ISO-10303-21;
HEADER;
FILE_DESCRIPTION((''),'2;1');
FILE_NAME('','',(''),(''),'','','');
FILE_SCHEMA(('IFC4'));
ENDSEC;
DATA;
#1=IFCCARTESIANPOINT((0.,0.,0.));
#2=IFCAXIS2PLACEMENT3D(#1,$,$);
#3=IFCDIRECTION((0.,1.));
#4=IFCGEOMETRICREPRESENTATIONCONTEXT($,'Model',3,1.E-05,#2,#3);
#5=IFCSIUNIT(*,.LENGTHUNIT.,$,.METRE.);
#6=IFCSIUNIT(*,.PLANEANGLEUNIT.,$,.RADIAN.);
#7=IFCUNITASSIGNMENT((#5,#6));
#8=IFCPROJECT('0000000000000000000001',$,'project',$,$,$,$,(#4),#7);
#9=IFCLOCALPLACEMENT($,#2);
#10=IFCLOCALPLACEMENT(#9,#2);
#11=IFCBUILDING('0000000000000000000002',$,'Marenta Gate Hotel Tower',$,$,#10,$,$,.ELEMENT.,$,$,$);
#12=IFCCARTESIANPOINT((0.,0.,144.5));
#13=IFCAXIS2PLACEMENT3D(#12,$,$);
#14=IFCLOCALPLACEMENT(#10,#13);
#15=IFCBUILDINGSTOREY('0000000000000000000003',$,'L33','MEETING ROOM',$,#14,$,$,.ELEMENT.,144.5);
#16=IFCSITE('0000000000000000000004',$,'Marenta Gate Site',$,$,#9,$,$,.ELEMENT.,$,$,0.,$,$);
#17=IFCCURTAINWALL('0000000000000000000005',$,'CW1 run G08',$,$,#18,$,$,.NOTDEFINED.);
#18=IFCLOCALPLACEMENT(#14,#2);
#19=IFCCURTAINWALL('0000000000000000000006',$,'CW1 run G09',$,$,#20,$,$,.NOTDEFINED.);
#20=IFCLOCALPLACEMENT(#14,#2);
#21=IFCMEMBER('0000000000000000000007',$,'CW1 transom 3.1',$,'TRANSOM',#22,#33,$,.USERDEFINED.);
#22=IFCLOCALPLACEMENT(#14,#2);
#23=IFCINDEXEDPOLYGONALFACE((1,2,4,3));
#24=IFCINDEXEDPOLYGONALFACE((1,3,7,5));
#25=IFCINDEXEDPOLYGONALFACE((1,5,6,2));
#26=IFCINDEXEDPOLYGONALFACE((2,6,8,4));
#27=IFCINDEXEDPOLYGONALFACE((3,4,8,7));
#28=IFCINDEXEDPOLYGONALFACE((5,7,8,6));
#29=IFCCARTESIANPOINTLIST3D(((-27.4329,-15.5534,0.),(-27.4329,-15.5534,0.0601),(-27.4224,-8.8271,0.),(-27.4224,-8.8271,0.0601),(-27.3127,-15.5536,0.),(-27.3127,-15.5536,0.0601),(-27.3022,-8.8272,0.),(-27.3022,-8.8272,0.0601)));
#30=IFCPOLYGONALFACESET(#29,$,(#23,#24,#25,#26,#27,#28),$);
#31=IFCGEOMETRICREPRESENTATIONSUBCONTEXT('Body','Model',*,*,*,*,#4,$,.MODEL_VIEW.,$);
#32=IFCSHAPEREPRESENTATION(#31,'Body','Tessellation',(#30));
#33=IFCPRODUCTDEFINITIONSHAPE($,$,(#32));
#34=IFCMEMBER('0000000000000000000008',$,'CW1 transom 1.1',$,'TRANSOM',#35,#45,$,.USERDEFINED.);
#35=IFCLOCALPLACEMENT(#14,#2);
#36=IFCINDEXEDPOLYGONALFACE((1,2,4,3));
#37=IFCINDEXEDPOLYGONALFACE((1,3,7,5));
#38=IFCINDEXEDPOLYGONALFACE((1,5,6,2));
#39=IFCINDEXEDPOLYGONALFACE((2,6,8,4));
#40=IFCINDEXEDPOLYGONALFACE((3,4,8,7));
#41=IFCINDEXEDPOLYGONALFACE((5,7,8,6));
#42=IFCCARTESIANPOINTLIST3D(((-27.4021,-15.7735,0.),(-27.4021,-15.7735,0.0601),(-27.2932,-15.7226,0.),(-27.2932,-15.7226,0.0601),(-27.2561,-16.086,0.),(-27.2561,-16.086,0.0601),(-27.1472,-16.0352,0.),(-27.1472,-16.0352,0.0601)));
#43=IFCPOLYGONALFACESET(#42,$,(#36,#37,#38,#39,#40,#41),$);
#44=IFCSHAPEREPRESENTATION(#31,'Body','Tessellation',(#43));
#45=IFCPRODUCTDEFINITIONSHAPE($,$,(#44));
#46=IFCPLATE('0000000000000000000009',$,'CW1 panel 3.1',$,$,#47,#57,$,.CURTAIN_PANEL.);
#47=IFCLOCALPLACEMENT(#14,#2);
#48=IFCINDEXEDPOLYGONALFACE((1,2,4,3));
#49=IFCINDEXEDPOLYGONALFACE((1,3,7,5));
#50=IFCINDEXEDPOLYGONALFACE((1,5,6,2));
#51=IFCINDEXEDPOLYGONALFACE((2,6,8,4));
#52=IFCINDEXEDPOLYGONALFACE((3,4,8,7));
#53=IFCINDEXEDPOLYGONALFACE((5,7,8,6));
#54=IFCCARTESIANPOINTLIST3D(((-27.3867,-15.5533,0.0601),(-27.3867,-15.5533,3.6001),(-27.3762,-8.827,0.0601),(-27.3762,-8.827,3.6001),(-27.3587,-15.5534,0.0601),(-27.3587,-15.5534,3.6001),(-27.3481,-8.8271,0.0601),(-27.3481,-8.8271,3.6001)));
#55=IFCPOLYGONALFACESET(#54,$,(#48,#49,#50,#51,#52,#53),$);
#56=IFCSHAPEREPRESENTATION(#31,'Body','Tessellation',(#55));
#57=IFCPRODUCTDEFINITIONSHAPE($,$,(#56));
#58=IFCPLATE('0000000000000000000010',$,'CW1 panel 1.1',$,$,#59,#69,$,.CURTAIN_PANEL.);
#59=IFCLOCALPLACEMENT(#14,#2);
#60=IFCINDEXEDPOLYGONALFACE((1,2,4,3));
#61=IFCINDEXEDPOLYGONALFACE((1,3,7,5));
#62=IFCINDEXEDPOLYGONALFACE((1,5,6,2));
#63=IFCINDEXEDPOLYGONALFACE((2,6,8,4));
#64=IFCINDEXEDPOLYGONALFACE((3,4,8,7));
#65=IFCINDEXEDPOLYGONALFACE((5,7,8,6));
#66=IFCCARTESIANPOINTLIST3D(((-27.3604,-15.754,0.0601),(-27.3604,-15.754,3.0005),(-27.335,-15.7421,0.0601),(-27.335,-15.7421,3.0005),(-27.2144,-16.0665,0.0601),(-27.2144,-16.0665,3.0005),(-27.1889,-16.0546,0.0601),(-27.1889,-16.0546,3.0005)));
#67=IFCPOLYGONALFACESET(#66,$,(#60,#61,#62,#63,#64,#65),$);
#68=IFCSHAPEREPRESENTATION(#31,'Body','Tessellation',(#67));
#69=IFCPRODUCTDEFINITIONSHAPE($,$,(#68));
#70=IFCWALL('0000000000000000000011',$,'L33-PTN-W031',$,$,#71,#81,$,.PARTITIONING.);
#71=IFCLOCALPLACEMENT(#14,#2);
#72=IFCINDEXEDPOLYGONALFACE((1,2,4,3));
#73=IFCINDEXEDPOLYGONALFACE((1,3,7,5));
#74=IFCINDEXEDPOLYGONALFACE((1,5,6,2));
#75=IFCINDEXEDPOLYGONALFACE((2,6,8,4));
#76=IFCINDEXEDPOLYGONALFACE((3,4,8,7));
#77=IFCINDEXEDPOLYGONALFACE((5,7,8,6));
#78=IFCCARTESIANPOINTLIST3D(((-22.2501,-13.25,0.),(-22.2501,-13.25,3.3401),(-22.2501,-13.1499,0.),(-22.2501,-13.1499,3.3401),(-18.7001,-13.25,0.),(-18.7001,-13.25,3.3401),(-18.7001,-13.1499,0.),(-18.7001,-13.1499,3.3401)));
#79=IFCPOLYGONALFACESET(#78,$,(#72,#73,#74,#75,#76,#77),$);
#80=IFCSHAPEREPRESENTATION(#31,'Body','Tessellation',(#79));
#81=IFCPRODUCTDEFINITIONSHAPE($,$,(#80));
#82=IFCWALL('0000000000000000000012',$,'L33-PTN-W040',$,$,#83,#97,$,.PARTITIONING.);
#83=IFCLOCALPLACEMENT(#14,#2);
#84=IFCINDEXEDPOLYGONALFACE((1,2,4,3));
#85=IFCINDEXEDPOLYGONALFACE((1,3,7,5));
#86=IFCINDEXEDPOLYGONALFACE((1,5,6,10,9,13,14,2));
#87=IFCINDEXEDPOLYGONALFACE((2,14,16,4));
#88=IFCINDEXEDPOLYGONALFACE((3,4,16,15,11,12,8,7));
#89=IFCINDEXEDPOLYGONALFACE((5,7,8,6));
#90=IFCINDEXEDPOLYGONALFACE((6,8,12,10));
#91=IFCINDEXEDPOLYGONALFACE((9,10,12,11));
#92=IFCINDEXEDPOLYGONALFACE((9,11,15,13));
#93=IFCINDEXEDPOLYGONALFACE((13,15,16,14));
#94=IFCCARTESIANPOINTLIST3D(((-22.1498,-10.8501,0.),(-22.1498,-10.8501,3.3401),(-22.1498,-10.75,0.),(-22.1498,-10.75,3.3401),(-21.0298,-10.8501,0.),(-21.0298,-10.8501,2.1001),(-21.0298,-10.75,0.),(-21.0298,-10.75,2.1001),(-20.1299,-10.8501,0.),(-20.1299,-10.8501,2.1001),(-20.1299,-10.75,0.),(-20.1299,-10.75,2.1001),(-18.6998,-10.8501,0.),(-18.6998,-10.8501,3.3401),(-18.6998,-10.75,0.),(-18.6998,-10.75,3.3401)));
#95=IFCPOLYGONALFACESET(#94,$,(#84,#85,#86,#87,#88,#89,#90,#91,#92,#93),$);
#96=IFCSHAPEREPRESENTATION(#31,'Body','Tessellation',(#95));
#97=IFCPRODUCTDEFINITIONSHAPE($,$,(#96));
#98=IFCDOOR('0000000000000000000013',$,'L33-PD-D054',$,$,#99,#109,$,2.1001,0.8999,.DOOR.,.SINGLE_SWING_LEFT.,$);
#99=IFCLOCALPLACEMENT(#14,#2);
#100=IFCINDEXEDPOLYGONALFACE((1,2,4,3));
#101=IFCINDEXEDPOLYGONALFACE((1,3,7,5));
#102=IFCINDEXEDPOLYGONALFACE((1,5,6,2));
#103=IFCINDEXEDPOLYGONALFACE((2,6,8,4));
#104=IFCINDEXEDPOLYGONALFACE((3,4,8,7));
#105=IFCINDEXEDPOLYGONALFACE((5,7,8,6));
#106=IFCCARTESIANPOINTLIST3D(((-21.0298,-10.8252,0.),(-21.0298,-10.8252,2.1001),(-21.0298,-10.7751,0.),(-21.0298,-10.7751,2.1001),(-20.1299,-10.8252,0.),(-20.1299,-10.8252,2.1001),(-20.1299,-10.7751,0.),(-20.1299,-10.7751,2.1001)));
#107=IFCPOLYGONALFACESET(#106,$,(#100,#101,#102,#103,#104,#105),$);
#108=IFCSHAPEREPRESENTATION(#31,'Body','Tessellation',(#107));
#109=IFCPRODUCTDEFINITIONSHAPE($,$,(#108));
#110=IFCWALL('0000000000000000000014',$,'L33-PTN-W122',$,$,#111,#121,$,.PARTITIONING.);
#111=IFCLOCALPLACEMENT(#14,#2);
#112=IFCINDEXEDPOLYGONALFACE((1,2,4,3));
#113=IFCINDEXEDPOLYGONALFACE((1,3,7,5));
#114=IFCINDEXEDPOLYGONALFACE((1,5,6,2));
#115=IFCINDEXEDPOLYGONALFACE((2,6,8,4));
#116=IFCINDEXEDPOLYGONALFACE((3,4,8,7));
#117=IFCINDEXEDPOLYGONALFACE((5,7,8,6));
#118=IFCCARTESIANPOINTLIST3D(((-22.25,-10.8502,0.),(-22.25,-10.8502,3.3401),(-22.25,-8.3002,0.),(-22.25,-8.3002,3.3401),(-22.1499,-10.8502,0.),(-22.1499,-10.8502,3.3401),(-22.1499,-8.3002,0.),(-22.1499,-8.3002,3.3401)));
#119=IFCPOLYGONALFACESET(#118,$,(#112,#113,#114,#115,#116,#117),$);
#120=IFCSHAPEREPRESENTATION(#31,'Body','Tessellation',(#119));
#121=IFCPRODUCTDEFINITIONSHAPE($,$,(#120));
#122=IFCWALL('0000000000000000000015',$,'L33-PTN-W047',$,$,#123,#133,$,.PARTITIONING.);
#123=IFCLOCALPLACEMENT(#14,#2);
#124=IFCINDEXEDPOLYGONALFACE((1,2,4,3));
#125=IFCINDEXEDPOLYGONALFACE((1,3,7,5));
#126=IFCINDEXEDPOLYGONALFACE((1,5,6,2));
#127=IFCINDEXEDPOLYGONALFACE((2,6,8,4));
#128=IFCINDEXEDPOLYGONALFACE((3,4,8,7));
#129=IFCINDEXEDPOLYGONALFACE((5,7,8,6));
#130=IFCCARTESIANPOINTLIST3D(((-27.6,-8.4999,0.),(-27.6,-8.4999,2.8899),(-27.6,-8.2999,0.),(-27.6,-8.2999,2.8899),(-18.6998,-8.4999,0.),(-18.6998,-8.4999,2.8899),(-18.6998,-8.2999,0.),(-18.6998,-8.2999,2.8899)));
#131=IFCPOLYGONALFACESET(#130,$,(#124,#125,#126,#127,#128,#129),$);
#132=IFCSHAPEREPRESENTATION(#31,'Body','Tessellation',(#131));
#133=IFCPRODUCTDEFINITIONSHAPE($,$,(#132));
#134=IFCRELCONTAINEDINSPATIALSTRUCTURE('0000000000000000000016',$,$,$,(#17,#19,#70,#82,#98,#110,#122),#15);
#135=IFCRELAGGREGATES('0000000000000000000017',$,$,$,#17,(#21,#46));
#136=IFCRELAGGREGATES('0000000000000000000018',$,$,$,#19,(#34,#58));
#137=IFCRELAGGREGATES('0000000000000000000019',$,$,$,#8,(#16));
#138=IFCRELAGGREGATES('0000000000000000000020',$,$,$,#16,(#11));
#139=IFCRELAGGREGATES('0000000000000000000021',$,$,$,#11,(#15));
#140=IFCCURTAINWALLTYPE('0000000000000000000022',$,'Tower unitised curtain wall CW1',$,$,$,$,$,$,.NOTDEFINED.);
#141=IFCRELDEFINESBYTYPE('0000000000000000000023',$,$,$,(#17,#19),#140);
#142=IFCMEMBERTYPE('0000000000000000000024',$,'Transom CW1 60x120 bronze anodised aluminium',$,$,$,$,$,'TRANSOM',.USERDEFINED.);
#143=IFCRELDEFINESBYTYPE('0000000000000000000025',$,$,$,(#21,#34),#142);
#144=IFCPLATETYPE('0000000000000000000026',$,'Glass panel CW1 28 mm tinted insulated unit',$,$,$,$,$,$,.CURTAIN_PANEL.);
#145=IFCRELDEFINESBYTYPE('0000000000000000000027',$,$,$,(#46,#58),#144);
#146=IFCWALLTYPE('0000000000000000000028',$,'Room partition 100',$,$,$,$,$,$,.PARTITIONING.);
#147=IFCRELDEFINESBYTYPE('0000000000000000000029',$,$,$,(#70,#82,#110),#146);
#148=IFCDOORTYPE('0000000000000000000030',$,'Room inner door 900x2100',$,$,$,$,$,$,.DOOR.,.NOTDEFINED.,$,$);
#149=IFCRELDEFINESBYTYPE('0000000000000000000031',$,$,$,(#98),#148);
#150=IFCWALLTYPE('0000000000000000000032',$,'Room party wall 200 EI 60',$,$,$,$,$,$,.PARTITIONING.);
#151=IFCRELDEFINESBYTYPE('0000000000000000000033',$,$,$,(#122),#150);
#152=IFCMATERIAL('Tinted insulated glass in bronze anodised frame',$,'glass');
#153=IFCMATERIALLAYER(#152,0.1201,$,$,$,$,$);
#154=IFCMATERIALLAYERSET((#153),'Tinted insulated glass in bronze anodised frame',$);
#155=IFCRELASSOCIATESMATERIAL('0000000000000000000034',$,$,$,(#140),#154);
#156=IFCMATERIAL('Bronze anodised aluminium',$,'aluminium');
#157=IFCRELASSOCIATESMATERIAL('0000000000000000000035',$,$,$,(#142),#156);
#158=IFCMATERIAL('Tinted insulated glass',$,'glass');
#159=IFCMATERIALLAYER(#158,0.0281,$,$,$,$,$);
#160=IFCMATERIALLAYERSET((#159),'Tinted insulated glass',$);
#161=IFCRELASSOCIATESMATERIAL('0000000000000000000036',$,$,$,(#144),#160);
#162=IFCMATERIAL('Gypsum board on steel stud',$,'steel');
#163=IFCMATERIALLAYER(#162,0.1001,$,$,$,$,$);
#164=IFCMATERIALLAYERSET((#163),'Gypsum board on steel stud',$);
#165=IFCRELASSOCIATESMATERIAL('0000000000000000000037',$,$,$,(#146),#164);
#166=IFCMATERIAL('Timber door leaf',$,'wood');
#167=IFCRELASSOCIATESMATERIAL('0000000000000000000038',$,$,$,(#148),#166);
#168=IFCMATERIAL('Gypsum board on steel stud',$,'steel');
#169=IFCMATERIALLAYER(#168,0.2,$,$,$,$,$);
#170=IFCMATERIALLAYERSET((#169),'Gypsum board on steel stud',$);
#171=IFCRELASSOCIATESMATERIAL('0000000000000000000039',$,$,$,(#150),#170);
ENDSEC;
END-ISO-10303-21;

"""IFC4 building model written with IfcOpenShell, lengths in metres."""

from ifc_helpers import new_model, si_unit, direction, frame, frame_2d, origin, origin_2d, place, context, subcontext, project, spatial, rectangle, extrude, material, layer, layer_set, material_profile, profile_set, type_object, element, fill, aggregate, save


model = new_model("IFC4")

# Units and contexts
model_context = context("Model", 3, precision=1e-05, world=origin(), true_north=direction((0.0, 1.0)))
body_context = subcontext(model_context, "Body", "Model", "MODEL_VIEW")
ifc_project = project(units=[si_unit("LENGTHUNIT", "METRE"), si_unit("PLANEANGLEUNIT", "RADIAN")], contexts=[model_context])

# Site, building, storey
site_placement = place(None, origin())
site = spatial("IfcSite", under=ifc_project, at=site_placement, Name="Marenta Gate Site", CompositionType="ELEMENT", RefElevation=0.0)
building_placement = place(site_placement, origin())
building = spatial("IfcBuilding", under=site, at=building_placement, Name="Marenta Gate Hotel Tower", CompositionType="ELEMENT")
storey_placement = place(building_placement, frame((0.0, 0.0, 144.5)))
storey = spatial("IfcBuildingStorey", under=building, at=storey_placement, Name="L33", Description="MEETING ROOM", CompositionType="ELEMENT", Elevation=144.5)

# Curtain wall
ifc_material_1 = material(Name="Tinted insulated glass in bronze anodised frame", Category="glass")
ifc_layer_1 = layer(ifc_material_1, 0.1201)
ifc_layer_set_1 = layer_set([ifc_layer_1], Name="Tinted insulated glass in bronze anodised frame")
curtain_wall_type = type_object("IfcCurtainWallType", Name="Tower unitised curtain wall CW1", PredefinedType="NOTDEFINED", material=ifc_layer_set_1)
curtain_wall_1_placement = place(storey_placement, origin())
curtain_wall_1 = element("IfcCurtainWall", 1, at=curtain_wall_1_placement, inside=storey, type_object=curtain_wall_type, Name="CW1 run G08", PredefinedType="NOTDEFINED")

# Curtain wall
curtain_wall_2_placement = place(storey_placement, origin())
curtain_wall_2 = element("IfcCurtainWall", 2, at=curtain_wall_2_placement, inside=storey, type_object=curtain_wall_type, Name="CW1 run G09", PredefinedType="NOTDEFINED")

# Members
ifc_material_2 = material(Name="Bronze anodised aluminium", Category="aluminium")
ifc_material_profile_1 = material_profile(ifc_material_2, rectangle(XDim=0.1201, YDim=0.0601, at=origin_2d()), Name="Transom CW1 60x120 bronze anodised aluminium")
ifc_profile_set_1 = profile_set([ifc_material_profile_1], Name="Bronze anodised aluminium")
member_type_1 = type_object("IfcMemberType", Name="Transom CW1 60x120 bronze anodised aluminium", ElementType="TRANSOM", PredefinedType="USERDEFINED", material=ifc_profile_set_1)
member_1_placement = place(storey_placement, frame((-27.3623, -8.8271, 0.03), z_axis=(-0.001561, -0.999999, 0.0), x_axis=(0.999999, -0.001561, 0.0)))
member_1 = element("IfcMember", 3, at=member_1_placement, type_object=member_type_1, Name="CW1 transom 3.1", ObjectType="TRANSOM", PredefinedType="USERDEFINED", context=body_context, shape_type="SweptSolid", body=[
    extrude(rectangle(XDim=0.1201, YDim=0.0601, at=origin_2d()), origin(), (0.0, 0.0, 1.0), 6.7263),
])
member_2_placement = place(storey_placement, frame((-27.3477, -15.748, 0.03), z_axis=(0.423273, -0.906002, 0.0), x_axis=(0.906002, 0.423273, 0.0)))
member_2 = element("IfcMember", 4, at=member_2_placement, type_object=member_type_1, Name="CW1 transom 1.1", ObjectType="TRANSOM", PredefinedType="USERDEFINED", context=body_context, shape_type="SweptSolid", body=[
    extrude(rectangle(XDim=0.1201, YDim=0.0601, at=origin_2d()), origin(), (0.0, 0.0, 1.0), 0.345),
])

# Plates
ifc_material_3 = material(Name="Tinted insulated glass", Category="glass")
ifc_layer_2 = layer(ifc_material_3, 0.0281)
ifc_layer_set_2 = layer_set([ifc_layer_2], Name="Tinted insulated glass")
plate_type = type_object("IfcPlateType", Name="Glass panel CW1 28 mm tinted insulated unit", PredefinedType="CURTAIN_PANEL", material=ifc_layer_set_2)
plate_1_placement = place(storey_placement, frame((-27.3674, -12.1902, 0.0601), z_axis=(0.0, 0.0, 1.0), x_axis=(-0.001565, -0.999999, 0.0)))
plate_1 = element("IfcPlate", 5, at=plate_1_placement, type_object=plate_type, Name="CW1 panel 3.1", PredefinedType="CURTAIN_PANEL", context=body_context, shape_type="SweptSolid", body=[
    extrude(rectangle(XDim=6.7263, YDim=0.0281, at=origin_2d()), origin(), (0.0, 0.0, 1.0), 3.54),
])
aggregate(curtain_wall_1, [member_1, plate_1])
plate_2_placement = place(storey_placement, frame((-27.2747, -15.9043, 0.0601), z_axis=(0.0, 0.0, 1.0), x_axis=(0.423345, -0.905968, 0.0)))
plate_2 = element("IfcPlate", 6, at=plate_2_placement, type_object=plate_type, Name="CW1 panel 1.1", PredefinedType="CURTAIN_PANEL", context=body_context, shape_type="SweptSolid", body=[
    extrude(rectangle(XDim=0.345, YDim=0.0281, at=origin_2d()), origin(), (0.0, 0.0, 1.0), 2.9404),
])
aggregate(curtain_wall_2, [member_2, plate_2])

# Wall
ifc_material_4 = material(Name="Gypsum board on steel stud", Category="steel")
ifc_layer_3 = layer(ifc_material_4, 0.1001)
ifc_layer_set_3 = layer_set([ifc_layer_3], Name="Gypsum board on steel stud")
wall_type_1 = type_object("IfcWallType", Name="Room partition 100", PredefinedType="PARTITIONING", material=ifc_layer_set_3)
wall_1_placement = place(storey_placement, frame((-22.25, -13.2, 0.0), z_axis=(0.0, 0.0, 1.0), x_axis=(1.0, 0.0, 0.0)))
element("IfcWall", 7, at=wall_1_placement, inside=storey, type_object=wall_type_1, Name="L33-PTN-W031", PredefinedType="PARTITIONING", context=body_context, shape_type="SweptSolid", body=[
    extrude(rectangle(XDim=3.55, YDim=0.1001, at=frame_2d((1.7749, 0.0))), origin(), (0.0, 0.0, 1.0), 3.3401),
])

# Wall, opening, door
wall_2_placement = place(storey_placement, frame((-22.1499, -10.8, 0.0), z_axis=(0.0, 0.0, 1.0), x_axis=(1.0, 0.0, 0.0)))
wall_2 = element("IfcWall", 8, at=wall_2_placement, inside=storey, type_object=wall_type_1, Name="L33-PTN-W040", PredefinedType="PARTITIONING", context=body_context, shape_type="SweptSolid", body=[
    extrude(rectangle(XDim=3.45, YDim=0.1001, at=frame_2d((1.7251, 0.0))), origin(), (0.0, 0.0, 1.0), 3.3401),
])
opening_placement = place(wall_2_placement, frame((1.1201, 0.0, 0.0)))
opening = element("IfcOpeningElement", 9, at=opening_placement, cuts=wall_2, PredefinedType="OPENING", context=body_context, shape_type="SweptSolid", body=[
    extrude(rectangle(XDim=0.8999, YDim=2.1001, at=frame_2d((0.45, 1.05))), frame((0.0, 0.05, 0.0), z_axis=(0.0, -1.0, 0.0), x_axis=(1.0, 0.0, 0.0)), (0.0, 0.0, 1.0), 0.1001),
])
ifc_material_5 = material(Name="Timber door leaf", Category="wood")
door_type = type_object("IfcDoorType", Name="Room inner door 900x2100", OperationType="NOTDEFINED", PredefinedType="DOOR", material=ifc_material_5)
door_placement = place(opening_placement, origin())
door = element("IfcDoor", 10, at=door_placement, inside=storey, type_object=door_type, Name="L33-PD-D054", OperationType="SINGLE_SWING_LEFT", OverallHeight=2.1001, OverallWidth=0.8999, PredefinedType="DOOR", context=body_context, shape_type="SweptSolid", body=[
    extrude(rectangle(XDim=0.8999, YDim=2.1001, at=frame_2d((0.45, 1.05))), frame((0.0, 0.0249, 0.0), z_axis=(0.0, -1.0, 0.0), x_axis=(1.0, 0.0, 0.0)), (0.0, 0.0, 1.0), 0.05),
])
fill(opening, door)

# Walls
wall_3_placement = place(storey_placement, frame((-22.2, -10.8501, 0.0), z_axis=(0.0, 0.0, 1.0), x_axis=(0.0, 1.0, 0.0)))
element("IfcWall", 11, at=wall_3_placement, inside=storey, type_object=wall_type_1, Name="L33-PTN-W122", PredefinedType="PARTITIONING", context=body_context, shape_type="SweptSolid", body=[
    extrude(rectangle(XDim=2.55, YDim=0.1001, at=frame_2d((1.2749, 0.0))), origin(), (0.0, 0.0, 1.0), 3.3401),
])
ifc_material_6 = material(Name="Gypsum board on steel stud", Category="steel")
ifc_layer_4 = layer(ifc_material_6, 0.2)
ifc_layer_set_4 = layer_set([ifc_layer_4], Name="Gypsum board on steel stud")
wall_type_2 = type_object("IfcWallType", Name="Room party wall 200 EI 60", PredefinedType="PARTITIONING", material=ifc_layer_set_4)
wall_4_placement = place(storey_placement, frame((-27.6001, -8.3999, 0.0), z_axis=(0.0, 0.0, 1.0), x_axis=(1.0, 0.0, 0.0)))
element("IfcWall", 12, at=wall_4_placement, inside=storey, type_object=wall_type_2, Name="L33-PTN-W047", PredefinedType="PARTITIONING", context=body_context, shape_type="SweptSolid", body=[
    extrude(rectangle(XDim=8.9001, YDim=0.2, at=frame_2d((4.4502, 0.0))), origin(), (0.0, 0.0, 1.0), 2.8899),
])

save(model, "model.ifc")
